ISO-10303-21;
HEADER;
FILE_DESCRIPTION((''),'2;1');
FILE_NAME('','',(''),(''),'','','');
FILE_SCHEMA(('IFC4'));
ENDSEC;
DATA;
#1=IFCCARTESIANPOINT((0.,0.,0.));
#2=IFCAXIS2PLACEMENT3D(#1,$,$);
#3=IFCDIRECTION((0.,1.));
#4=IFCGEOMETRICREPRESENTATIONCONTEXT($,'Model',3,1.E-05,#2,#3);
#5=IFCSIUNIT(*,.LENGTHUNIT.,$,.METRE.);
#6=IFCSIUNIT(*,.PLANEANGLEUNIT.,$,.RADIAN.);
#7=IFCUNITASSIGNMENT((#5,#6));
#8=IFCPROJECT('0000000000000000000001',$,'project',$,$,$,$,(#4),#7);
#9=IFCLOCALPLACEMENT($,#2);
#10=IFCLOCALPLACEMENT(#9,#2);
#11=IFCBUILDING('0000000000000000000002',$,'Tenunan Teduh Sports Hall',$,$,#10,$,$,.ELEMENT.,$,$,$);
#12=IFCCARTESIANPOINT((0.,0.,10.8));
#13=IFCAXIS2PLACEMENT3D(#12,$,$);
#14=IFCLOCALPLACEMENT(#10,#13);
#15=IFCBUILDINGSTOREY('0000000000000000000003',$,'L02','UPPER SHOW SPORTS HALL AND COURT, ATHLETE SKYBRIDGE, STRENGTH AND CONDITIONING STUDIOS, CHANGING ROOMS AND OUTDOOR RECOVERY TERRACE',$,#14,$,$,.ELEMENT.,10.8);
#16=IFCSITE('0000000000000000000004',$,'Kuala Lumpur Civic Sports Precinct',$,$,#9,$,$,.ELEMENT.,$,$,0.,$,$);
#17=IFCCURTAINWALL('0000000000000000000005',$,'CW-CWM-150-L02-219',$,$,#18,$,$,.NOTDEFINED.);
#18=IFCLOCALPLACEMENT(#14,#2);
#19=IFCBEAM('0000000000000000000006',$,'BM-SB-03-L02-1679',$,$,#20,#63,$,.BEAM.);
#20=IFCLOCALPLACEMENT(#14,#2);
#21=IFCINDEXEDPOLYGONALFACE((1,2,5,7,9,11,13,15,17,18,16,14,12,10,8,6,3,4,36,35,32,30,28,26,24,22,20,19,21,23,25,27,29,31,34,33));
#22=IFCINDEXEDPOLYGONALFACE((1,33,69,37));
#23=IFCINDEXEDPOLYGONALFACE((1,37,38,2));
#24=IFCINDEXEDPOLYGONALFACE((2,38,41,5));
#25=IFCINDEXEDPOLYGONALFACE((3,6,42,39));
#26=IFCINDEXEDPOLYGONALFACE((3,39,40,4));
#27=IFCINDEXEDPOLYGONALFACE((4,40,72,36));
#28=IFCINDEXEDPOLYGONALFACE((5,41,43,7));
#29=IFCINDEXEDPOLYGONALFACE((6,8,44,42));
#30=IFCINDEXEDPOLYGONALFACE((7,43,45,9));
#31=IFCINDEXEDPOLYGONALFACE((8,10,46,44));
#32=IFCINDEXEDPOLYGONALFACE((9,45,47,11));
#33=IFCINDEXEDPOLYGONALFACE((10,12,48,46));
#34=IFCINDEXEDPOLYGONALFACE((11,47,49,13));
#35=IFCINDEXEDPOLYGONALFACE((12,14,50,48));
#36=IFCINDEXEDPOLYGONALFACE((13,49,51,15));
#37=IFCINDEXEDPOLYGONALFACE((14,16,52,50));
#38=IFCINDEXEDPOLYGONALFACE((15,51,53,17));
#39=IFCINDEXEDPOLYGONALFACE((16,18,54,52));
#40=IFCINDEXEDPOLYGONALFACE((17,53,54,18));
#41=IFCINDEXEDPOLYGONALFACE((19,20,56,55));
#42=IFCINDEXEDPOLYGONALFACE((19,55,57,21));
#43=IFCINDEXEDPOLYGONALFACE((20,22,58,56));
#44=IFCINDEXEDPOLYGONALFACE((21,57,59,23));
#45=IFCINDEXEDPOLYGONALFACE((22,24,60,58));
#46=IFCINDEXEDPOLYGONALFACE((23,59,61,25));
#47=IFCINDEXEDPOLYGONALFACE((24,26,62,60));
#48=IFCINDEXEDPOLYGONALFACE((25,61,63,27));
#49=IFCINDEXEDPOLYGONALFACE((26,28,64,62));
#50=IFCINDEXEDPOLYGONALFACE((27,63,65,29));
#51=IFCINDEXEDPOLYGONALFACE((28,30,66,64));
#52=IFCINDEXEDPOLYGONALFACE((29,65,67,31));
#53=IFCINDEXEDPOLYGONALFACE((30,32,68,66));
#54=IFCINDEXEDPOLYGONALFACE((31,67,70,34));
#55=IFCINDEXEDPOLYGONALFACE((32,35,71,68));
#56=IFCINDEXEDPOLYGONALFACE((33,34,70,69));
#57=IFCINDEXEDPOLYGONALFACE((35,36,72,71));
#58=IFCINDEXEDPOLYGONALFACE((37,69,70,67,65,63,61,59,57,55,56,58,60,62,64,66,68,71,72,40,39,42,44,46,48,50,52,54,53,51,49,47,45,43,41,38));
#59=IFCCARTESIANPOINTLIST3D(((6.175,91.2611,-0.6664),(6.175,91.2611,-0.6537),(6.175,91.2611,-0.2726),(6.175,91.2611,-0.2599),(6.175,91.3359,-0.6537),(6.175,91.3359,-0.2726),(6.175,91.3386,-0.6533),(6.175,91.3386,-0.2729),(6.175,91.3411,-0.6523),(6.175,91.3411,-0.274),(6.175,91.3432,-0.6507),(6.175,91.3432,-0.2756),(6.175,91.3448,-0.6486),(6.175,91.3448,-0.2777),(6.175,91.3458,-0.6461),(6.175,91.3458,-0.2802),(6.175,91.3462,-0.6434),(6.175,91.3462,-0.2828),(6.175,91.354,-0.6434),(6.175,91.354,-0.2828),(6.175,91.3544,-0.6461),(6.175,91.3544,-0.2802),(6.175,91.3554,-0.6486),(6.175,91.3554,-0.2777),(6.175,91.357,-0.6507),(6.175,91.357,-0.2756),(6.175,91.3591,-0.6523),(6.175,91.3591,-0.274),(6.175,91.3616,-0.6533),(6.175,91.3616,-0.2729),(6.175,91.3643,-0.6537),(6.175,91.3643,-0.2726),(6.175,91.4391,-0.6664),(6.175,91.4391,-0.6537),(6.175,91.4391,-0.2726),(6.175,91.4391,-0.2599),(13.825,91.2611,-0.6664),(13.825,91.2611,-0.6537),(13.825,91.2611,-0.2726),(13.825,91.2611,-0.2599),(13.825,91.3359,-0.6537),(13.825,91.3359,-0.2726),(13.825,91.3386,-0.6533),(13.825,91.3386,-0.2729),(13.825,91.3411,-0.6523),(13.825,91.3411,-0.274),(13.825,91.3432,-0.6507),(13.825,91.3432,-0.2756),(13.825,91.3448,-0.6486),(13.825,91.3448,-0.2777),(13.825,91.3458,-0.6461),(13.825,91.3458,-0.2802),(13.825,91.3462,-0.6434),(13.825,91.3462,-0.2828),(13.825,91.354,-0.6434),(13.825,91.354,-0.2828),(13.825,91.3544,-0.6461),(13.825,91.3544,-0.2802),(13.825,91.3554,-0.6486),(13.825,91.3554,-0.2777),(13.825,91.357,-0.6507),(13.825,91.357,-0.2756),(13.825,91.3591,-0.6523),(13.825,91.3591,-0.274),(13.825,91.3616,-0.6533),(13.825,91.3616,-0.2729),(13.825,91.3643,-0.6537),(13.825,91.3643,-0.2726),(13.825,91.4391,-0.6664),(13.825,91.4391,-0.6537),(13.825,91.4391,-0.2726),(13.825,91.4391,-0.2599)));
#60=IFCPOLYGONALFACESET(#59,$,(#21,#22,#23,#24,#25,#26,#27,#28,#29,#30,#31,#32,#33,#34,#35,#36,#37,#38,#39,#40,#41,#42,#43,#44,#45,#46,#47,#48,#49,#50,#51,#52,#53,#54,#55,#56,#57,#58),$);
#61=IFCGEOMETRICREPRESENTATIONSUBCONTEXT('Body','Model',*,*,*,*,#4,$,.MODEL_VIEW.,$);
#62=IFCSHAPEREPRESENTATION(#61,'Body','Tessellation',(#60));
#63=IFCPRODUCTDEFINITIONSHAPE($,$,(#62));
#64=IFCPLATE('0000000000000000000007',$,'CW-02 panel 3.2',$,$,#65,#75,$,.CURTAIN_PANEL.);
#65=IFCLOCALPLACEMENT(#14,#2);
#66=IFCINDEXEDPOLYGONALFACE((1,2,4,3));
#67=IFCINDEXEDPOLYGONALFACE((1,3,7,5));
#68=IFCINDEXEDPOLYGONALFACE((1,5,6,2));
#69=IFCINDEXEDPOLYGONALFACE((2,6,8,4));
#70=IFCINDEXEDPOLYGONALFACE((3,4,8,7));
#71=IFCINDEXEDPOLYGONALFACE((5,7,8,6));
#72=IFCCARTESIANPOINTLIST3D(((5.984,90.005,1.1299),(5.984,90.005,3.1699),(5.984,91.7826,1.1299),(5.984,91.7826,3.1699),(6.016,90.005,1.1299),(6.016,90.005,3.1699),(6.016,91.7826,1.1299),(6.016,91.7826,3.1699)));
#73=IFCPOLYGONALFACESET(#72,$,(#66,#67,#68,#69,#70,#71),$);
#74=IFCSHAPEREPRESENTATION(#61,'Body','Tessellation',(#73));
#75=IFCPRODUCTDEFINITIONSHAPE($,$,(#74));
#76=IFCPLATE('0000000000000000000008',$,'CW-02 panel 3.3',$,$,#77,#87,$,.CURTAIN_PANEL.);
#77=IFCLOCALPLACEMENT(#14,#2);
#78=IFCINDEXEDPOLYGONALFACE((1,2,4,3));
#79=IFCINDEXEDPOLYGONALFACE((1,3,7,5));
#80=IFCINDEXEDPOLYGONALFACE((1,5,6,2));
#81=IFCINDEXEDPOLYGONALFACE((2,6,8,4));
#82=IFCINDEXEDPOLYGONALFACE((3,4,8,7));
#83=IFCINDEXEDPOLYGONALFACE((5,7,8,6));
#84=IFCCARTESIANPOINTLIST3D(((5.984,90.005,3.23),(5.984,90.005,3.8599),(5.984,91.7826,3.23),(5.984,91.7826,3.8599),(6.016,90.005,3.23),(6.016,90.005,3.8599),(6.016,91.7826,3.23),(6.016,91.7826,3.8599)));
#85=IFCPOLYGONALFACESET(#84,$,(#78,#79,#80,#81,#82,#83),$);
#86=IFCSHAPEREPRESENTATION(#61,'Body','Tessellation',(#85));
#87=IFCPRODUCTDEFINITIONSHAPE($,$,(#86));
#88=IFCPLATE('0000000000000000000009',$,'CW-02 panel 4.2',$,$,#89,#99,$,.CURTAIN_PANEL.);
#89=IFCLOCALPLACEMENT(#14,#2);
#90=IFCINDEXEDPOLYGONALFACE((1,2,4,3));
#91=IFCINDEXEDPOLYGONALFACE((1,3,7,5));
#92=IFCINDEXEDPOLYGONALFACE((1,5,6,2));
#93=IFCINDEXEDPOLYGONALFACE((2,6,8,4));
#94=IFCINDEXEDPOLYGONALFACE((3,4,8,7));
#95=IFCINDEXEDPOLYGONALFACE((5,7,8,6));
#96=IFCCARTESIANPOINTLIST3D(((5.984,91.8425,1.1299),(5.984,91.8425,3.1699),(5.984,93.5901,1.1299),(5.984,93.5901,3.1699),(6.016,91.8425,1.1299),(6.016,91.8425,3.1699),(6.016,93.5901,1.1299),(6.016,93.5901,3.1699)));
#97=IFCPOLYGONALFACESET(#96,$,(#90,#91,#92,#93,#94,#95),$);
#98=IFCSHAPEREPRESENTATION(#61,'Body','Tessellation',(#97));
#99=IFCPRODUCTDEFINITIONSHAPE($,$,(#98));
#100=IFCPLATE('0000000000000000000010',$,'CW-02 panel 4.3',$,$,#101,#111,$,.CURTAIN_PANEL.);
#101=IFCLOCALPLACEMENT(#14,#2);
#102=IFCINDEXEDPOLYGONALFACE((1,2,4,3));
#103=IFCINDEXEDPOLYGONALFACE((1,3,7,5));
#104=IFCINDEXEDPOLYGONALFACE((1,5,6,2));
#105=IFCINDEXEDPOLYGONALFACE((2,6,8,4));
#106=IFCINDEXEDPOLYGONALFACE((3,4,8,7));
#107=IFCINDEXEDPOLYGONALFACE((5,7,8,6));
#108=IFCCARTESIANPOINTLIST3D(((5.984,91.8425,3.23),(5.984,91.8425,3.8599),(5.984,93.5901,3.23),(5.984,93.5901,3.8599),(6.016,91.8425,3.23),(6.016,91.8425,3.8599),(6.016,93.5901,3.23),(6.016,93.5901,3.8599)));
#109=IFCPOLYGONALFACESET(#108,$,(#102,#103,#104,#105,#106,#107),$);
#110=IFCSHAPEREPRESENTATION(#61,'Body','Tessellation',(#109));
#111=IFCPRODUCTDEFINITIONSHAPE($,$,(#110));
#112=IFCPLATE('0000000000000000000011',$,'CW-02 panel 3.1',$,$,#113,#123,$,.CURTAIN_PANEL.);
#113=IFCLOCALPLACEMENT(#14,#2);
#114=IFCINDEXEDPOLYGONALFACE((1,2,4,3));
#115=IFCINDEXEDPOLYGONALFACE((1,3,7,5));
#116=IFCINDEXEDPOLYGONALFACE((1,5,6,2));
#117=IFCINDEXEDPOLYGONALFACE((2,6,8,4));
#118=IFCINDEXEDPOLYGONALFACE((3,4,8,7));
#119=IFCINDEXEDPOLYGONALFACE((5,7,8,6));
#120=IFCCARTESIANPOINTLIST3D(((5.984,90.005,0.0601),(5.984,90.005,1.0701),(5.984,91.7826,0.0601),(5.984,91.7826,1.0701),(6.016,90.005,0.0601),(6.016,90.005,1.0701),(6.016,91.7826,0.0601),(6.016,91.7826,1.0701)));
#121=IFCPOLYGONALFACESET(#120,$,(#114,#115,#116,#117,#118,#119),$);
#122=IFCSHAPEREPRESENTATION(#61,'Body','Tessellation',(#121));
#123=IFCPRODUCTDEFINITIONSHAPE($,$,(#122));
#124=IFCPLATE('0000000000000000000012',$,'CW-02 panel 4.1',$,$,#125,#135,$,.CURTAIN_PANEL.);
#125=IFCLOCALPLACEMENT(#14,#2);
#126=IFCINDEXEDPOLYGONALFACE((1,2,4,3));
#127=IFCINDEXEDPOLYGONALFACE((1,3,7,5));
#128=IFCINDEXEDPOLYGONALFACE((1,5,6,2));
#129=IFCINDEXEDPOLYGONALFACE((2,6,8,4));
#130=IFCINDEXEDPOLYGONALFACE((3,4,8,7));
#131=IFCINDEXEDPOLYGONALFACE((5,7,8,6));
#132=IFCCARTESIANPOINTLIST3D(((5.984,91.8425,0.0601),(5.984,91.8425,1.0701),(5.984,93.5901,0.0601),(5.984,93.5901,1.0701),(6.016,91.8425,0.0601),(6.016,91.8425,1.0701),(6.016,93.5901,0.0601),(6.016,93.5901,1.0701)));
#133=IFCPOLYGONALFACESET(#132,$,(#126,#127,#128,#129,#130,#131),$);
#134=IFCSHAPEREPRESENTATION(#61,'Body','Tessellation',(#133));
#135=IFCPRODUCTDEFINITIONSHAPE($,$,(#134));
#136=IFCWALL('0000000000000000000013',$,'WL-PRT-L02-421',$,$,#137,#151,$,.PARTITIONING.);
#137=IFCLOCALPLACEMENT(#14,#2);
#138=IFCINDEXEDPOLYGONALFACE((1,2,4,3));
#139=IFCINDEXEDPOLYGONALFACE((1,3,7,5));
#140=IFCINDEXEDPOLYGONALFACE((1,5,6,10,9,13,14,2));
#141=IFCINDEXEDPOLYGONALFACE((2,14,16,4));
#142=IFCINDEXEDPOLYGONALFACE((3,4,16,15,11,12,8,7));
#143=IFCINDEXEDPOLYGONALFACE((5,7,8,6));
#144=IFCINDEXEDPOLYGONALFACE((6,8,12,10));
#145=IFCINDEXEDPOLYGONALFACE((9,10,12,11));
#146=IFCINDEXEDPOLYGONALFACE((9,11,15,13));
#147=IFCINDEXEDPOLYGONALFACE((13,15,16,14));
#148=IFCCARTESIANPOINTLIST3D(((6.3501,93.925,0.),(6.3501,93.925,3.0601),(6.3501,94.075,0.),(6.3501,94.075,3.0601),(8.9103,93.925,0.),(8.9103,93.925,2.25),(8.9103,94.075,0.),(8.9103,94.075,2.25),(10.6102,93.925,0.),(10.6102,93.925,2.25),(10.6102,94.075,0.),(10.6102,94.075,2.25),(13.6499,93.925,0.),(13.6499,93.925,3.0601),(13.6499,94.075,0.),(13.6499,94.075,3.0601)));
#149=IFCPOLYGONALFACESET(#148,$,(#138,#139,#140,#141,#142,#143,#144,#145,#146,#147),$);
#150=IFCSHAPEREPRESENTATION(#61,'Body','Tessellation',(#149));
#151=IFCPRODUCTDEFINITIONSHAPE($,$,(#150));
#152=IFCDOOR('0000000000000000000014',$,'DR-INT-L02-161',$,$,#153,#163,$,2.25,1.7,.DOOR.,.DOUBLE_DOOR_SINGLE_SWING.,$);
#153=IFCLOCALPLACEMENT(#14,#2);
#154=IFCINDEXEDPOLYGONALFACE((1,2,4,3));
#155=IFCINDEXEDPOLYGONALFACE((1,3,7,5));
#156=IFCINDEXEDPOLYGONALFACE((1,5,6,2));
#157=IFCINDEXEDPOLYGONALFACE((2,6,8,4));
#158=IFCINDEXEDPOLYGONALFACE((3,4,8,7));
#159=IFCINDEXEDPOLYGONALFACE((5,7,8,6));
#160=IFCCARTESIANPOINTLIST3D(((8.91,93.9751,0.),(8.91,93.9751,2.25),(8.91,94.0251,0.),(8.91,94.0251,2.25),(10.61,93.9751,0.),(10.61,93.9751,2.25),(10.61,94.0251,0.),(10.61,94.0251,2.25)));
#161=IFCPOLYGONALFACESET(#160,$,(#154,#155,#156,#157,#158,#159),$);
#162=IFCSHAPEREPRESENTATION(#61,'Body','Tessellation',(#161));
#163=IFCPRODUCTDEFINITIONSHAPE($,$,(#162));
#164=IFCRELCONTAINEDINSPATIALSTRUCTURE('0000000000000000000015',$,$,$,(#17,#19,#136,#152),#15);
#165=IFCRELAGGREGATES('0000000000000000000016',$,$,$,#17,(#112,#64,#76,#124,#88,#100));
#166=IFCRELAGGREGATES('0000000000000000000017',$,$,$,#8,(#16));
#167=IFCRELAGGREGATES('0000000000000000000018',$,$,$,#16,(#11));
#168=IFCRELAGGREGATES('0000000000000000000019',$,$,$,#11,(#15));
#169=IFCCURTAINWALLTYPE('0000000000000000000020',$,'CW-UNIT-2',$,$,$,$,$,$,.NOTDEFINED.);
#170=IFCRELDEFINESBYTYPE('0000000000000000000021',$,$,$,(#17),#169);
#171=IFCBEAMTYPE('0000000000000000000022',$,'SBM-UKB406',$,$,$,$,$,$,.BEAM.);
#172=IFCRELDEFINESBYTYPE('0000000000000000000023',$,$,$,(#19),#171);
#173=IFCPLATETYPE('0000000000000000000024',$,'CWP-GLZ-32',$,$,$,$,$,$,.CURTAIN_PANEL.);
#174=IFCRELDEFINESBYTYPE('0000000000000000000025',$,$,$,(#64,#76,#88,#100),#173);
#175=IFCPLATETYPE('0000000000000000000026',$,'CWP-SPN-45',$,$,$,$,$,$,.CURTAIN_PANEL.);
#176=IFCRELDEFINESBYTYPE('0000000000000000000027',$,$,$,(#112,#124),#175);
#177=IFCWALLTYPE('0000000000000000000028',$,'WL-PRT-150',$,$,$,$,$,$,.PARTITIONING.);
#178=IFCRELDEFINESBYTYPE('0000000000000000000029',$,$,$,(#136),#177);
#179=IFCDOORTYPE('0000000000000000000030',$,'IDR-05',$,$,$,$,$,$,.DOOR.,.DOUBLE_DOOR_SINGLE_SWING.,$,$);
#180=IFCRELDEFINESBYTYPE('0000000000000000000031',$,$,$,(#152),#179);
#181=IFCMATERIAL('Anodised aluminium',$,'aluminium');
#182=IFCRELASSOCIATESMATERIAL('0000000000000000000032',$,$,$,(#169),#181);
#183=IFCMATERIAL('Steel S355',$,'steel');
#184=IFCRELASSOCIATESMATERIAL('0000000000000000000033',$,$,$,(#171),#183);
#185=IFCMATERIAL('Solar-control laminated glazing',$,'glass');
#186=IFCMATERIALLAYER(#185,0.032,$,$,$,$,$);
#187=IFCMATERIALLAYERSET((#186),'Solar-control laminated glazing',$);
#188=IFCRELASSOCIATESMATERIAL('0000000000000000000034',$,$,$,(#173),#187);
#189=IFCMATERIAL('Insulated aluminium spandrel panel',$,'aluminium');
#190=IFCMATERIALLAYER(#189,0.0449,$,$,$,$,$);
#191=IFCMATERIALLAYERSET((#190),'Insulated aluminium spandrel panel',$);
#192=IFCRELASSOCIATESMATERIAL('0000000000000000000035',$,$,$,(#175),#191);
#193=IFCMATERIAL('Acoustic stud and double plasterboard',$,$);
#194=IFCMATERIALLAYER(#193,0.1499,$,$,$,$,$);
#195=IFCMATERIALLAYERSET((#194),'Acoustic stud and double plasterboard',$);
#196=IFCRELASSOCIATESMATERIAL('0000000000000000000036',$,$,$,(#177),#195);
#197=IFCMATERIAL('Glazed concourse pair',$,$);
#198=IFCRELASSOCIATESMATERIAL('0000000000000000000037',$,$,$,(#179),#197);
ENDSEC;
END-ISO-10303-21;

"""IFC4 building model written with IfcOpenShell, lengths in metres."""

from ifc_helpers import new_model, si_unit, direction, frame, frame_2d, origin, origin_2d, place, context, subcontext, project, spatial, rectangle, i_section, extrude, material, layer, layer_set, material_profile, profile_set, type_object, element, fill, aggregate, save


model = new_model("IFC4")

# Units and contexts
model_context = context("Model", 3, precision=1e-05, world=origin(), true_north=direction((0.0, 1.0)))
body_context = subcontext(model_context, "Body", "Model", "MODEL_VIEW")
ifc_project = project(units=[si_unit("LENGTHUNIT", "METRE"), si_unit("PLANEANGLEUNIT", "RADIAN")], contexts=[model_context])

# Site, building, storey
site_placement = place(None, origin())
site = spatial("IfcSite", under=ifc_project, at=site_placement, Name="Kuala Lumpur Civic Sports Precinct", CompositionType="ELEMENT", RefElevation=0.0)
building_placement = place(site_placement, origin())
building = spatial("IfcBuilding", under=site, at=building_placement, Name="Tenunan Teduh Sports Hall", CompositionType="ELEMENT")
storey_placement = place(building_placement, frame((0.0, 0.0, 10.8)))
storey = spatial("IfcBuildingStorey", under=building, at=storey_placement, Name="L02", Description="UPPER SHOW SPORTS HALL AND COURT, ATHLETE SKYBRIDGE, STRENGTH AND CONDITIONING STUDIOS, CHANGING ROOMS AND OUTDOOR RECOVERY TERRACE", CompositionType="ELEMENT", Elevation=10.8)

# Curtain wall
ifc_material_1 = material(Name="Anodised aluminium", Category="aluminium")
curtain_wall_type = type_object("IfcCurtainWallType", Name="CW-UNIT-2", PredefinedType="NOTDEFINED", material=ifc_material_1)
curtain_wall_placement = place(storey_placement, origin())
curtain_wall = element("IfcCurtainWall", 1, at=curtain_wall_placement, inside=storey, type_object=curtain_wall_type, Name="CW-CWM-150-L02-219", PredefinedType="NOTDEFINED")

# Beam
ifc_material_2 = material(Name="Steel S355", Category="steel")
ifc_material_profile_1 = material_profile(ifc_material_2, i_section(OverallWidth=0.178, OverallDepth=0.4065, WebThickness=0.0078, FlangeThickness=0.0127, FilletRadius=0.0103, at=origin_2d()), Name="UKB 406x178x60")
ifc_profile_set_1 = profile_set([ifc_material_profile_1], Name="Steel S355")
beam_type_1 = type_object("IfcBeamType", Name="SBM-UKB406", PredefinedType="BEAM", material=ifc_profile_set_1)
beam_1_placement = place(storey_placement, frame((6.175, 91.3501, -0.4631), z_axis=(1.0, 0.0, 0.0), x_axis=(0.0, 1.0, 0.0)))
element("IfcBeam", 2, at=beam_1_placement, inside=storey, type_object=beam_type_1, Name="BM-SB-03-L02-1679", PredefinedType="BEAM", context=body_context, shape_type="SweptSolid", body=[
    extrude(i_section(OverallWidth=0.178, OverallDepth=0.4065, WebThickness=0.0078, FlangeThickness=0.0127, FilletRadius=0.0103, at=origin_2d()), origin(), (0.0, 0.0, 1.0), 7.6499),
])

# Plates
ifc_material_3 = material(Name="Solar-control laminated glazing", Category="glass")
ifc_layer_1 = layer(ifc_material_3, 0.032)
ifc_layer_set_1 = layer_set([ifc_layer_1], Name="Solar-control laminated glazing")
plate_type_1 = type_object("IfcPlateType", Name="CWP-GLZ-32", PredefinedType="CURTAIN_PANEL", material=ifc_layer_set_1)
plate_1_placement = place(storey_placement, frame((6.0, 90.8938, 1.1299), z_axis=(0.0, 0.0, 1.0), x_axis=(0.0, 1.0, 0.0)))
plate_1 = element("IfcPlate", 3, at=plate_1_placement, type_object=plate_type_1, Name="CW-02 panel 3.2", PredefinedType="CURTAIN_PANEL", context=body_context, shape_type="SweptSolid", body=[
    extrude(rectangle(XDim=1.7776, YDim=0.032, at=origin_2d()), origin(), (0.0, 0.0, 1.0), 2.04),
])
plate_2_placement = place(storey_placement, frame((6.0, 90.8938, 3.23), z_axis=(0.0, 0.0, 1.0), x_axis=(0.0, 1.0, 0.0)))
plate_2 = element("IfcPlate", 4, at=plate_2_placement, type_object=plate_type_1, Name="CW-02 panel 3.3", PredefinedType="CURTAIN_PANEL", context=body_context, shape_type="SweptSolid", body=[
    extrude(rectangle(XDim=1.7776, YDim=0.032, at=origin_2d()), origin(), (0.0, 0.0, 1.0), 0.6299),
])
plate_3_placement = place(storey_placement, frame((6.0, 92.7163, 1.1299), z_axis=(0.0, 0.0, 1.0), x_axis=(0.0, 1.0, 0.0)))
plate_3 = element("IfcPlate", 5, at=plate_3_placement, type_object=plate_type_1, Name="CW-02 panel 4.2", PredefinedType="CURTAIN_PANEL", context=body_context, shape_type="SweptSolid", body=[
    extrude(rectangle(XDim=1.7476, YDim=0.032, at=origin_2d()), origin(), (0.0, 0.0, 1.0), 2.04),
])
plate_4_placement = place(storey_placement, frame((6.0, 92.7163, 3.23), z_axis=(0.0, 0.0, 1.0), x_axis=(0.0, 1.0, 0.0)))
plate_4 = element("IfcPlate", 6, at=plate_4_placement, type_object=plate_type_1, Name="CW-02 panel 4.3", PredefinedType="CURTAIN_PANEL", context=body_context, shape_type="SweptSolid", body=[
    extrude(rectangle(XDim=1.7476, YDim=0.032, at=origin_2d()), origin(), (0.0, 0.0, 1.0), 0.6299),
])
ifc_material_4 = material(Name="Insulated aluminium spandrel panel", Category="aluminium")
ifc_layer_2 = layer(ifc_material_4, 0.0449)
ifc_layer_set_2 = layer_set([ifc_layer_2], Name="Insulated aluminium spandrel panel")
plate_type_2 = type_object("IfcPlateType", Name="CWP-SPN-45", PredefinedType="CURTAIN_PANEL", material=ifc_layer_set_2)
plate_5_placement = place(storey_placement, frame((6.0, 90.8938, 0.0601), z_axis=(0.0, 0.0, 1.0), x_axis=(0.0, 1.0, 0.0)))
plate_5 = element("IfcPlate", 7, at=plate_5_placement, type_object=plate_type_2, Name="CW-02 panel 3.1", PredefinedType="CURTAIN_PANEL", context=body_context, shape_type="SweptSolid", body=[
    extrude(rectangle(XDim=1.7776, YDim=0.032, at=origin_2d()), origin(), (0.0, 0.0, 1.0), 1.01),
])
plate_6_placement = place(storey_placement, frame((6.0, 92.7163, 0.0601), z_axis=(0.0, 0.0, 1.0), x_axis=(0.0, 1.0, 0.0)))
plate_6 = element("IfcPlate", 8, at=plate_6_placement, type_object=plate_type_2, Name="CW-02 panel 4.1", PredefinedType="CURTAIN_PANEL", context=body_context, shape_type="SweptSolid", body=[
    extrude(rectangle(XDim=1.7476, YDim=0.032, at=origin_2d()), origin(), (0.0, 0.0, 1.0), 1.01),
])
aggregate(curtain_wall, [plate_5, plate_1, plate_2, plate_6, plate_3, plate_4])

# Wall, opening, door
ifc_material_5 = material(Name="Acoustic stud and double plasterboard")
ifc_layer_3 = layer(ifc_material_5, 0.1499)
ifc_layer_set_3 = layer_set([ifc_layer_3], Name="Acoustic stud and double plasterboard")
wall_type = type_object("IfcWallType", Name="WL-PRT-150", PredefinedType="PARTITIONING", material=ifc_layer_set_3)
wall_placement = place(storey_placement, frame((6.3501, 94.0, 0.0), z_axis=(0.0, 0.0, 1.0), x_axis=(1.0, 0.0, 0.0)))
wall = element("IfcWall", 9, at=wall_placement, inside=storey, type_object=wall_type, Name="WL-PRT-L02-421", PredefinedType="PARTITIONING", context=body_context, shape_type="SweptSolid", body=[
    extrude(rectangle(XDim=7.2998, YDim=0.1499, at=frame_2d((3.6499, 0.0))), origin(), (0.0, 0.0, 1.0), 3.0601),
])
opening_placement = place(wall_placement, frame((2.5601, 0.0, 0.0)))
opening = element("IfcOpeningElement", 10, at=opening_placement, cuts=wall, PredefinedType="OPENING", context=body_context, shape_type="SweptSolid", body=[
    extrude(rectangle(XDim=1.7, YDim=2.25, at=frame_2d((0.8501, 1.125))), frame((0.0, 0.085, 0.0), z_axis=(0.0, -1.0, 0.0), x_axis=(1.0, 0.0, 0.0)), (0.0, 0.0, 1.0), 0.1699),
])
ifc_material_6 = material(Name="Glazed concourse pair")
door_type = type_object("IfcDoorType", Name="IDR-05", OperationType="DOUBLE_DOOR_SINGLE_SWING", PredefinedType="DOOR", material=ifc_material_6)
door_placement = place(opening_placement, frame((1.7, 0.0, 0.0), z_axis=(0.0, 0.0, 1.0), x_axis=(-1.0, 0.0, 0.0)))
door = element("IfcDoor", 11, at=door_placement, inside=storey, type_object=door_type, Name="DR-INT-L02-161", OperationType="DOUBLE_DOOR_SINGLE_SWING", OverallHeight=2.25, OverallWidth=1.7, PredefinedType="DOOR", context=body_context, shape_type="SweptSolid", body=[
    extrude(rectangle(XDim=1.7, YDim=2.25, at=frame_2d((0.8501, 1.125))), frame((0.0, 0.0249, 0.0), z_axis=(0.0, -1.0, 0.0), x_axis=(1.0, 0.0, 0.0)), (0.0, 0.0, 1.0), 0.05),
])
fill(opening, door)

save(model, "model.ifc")
